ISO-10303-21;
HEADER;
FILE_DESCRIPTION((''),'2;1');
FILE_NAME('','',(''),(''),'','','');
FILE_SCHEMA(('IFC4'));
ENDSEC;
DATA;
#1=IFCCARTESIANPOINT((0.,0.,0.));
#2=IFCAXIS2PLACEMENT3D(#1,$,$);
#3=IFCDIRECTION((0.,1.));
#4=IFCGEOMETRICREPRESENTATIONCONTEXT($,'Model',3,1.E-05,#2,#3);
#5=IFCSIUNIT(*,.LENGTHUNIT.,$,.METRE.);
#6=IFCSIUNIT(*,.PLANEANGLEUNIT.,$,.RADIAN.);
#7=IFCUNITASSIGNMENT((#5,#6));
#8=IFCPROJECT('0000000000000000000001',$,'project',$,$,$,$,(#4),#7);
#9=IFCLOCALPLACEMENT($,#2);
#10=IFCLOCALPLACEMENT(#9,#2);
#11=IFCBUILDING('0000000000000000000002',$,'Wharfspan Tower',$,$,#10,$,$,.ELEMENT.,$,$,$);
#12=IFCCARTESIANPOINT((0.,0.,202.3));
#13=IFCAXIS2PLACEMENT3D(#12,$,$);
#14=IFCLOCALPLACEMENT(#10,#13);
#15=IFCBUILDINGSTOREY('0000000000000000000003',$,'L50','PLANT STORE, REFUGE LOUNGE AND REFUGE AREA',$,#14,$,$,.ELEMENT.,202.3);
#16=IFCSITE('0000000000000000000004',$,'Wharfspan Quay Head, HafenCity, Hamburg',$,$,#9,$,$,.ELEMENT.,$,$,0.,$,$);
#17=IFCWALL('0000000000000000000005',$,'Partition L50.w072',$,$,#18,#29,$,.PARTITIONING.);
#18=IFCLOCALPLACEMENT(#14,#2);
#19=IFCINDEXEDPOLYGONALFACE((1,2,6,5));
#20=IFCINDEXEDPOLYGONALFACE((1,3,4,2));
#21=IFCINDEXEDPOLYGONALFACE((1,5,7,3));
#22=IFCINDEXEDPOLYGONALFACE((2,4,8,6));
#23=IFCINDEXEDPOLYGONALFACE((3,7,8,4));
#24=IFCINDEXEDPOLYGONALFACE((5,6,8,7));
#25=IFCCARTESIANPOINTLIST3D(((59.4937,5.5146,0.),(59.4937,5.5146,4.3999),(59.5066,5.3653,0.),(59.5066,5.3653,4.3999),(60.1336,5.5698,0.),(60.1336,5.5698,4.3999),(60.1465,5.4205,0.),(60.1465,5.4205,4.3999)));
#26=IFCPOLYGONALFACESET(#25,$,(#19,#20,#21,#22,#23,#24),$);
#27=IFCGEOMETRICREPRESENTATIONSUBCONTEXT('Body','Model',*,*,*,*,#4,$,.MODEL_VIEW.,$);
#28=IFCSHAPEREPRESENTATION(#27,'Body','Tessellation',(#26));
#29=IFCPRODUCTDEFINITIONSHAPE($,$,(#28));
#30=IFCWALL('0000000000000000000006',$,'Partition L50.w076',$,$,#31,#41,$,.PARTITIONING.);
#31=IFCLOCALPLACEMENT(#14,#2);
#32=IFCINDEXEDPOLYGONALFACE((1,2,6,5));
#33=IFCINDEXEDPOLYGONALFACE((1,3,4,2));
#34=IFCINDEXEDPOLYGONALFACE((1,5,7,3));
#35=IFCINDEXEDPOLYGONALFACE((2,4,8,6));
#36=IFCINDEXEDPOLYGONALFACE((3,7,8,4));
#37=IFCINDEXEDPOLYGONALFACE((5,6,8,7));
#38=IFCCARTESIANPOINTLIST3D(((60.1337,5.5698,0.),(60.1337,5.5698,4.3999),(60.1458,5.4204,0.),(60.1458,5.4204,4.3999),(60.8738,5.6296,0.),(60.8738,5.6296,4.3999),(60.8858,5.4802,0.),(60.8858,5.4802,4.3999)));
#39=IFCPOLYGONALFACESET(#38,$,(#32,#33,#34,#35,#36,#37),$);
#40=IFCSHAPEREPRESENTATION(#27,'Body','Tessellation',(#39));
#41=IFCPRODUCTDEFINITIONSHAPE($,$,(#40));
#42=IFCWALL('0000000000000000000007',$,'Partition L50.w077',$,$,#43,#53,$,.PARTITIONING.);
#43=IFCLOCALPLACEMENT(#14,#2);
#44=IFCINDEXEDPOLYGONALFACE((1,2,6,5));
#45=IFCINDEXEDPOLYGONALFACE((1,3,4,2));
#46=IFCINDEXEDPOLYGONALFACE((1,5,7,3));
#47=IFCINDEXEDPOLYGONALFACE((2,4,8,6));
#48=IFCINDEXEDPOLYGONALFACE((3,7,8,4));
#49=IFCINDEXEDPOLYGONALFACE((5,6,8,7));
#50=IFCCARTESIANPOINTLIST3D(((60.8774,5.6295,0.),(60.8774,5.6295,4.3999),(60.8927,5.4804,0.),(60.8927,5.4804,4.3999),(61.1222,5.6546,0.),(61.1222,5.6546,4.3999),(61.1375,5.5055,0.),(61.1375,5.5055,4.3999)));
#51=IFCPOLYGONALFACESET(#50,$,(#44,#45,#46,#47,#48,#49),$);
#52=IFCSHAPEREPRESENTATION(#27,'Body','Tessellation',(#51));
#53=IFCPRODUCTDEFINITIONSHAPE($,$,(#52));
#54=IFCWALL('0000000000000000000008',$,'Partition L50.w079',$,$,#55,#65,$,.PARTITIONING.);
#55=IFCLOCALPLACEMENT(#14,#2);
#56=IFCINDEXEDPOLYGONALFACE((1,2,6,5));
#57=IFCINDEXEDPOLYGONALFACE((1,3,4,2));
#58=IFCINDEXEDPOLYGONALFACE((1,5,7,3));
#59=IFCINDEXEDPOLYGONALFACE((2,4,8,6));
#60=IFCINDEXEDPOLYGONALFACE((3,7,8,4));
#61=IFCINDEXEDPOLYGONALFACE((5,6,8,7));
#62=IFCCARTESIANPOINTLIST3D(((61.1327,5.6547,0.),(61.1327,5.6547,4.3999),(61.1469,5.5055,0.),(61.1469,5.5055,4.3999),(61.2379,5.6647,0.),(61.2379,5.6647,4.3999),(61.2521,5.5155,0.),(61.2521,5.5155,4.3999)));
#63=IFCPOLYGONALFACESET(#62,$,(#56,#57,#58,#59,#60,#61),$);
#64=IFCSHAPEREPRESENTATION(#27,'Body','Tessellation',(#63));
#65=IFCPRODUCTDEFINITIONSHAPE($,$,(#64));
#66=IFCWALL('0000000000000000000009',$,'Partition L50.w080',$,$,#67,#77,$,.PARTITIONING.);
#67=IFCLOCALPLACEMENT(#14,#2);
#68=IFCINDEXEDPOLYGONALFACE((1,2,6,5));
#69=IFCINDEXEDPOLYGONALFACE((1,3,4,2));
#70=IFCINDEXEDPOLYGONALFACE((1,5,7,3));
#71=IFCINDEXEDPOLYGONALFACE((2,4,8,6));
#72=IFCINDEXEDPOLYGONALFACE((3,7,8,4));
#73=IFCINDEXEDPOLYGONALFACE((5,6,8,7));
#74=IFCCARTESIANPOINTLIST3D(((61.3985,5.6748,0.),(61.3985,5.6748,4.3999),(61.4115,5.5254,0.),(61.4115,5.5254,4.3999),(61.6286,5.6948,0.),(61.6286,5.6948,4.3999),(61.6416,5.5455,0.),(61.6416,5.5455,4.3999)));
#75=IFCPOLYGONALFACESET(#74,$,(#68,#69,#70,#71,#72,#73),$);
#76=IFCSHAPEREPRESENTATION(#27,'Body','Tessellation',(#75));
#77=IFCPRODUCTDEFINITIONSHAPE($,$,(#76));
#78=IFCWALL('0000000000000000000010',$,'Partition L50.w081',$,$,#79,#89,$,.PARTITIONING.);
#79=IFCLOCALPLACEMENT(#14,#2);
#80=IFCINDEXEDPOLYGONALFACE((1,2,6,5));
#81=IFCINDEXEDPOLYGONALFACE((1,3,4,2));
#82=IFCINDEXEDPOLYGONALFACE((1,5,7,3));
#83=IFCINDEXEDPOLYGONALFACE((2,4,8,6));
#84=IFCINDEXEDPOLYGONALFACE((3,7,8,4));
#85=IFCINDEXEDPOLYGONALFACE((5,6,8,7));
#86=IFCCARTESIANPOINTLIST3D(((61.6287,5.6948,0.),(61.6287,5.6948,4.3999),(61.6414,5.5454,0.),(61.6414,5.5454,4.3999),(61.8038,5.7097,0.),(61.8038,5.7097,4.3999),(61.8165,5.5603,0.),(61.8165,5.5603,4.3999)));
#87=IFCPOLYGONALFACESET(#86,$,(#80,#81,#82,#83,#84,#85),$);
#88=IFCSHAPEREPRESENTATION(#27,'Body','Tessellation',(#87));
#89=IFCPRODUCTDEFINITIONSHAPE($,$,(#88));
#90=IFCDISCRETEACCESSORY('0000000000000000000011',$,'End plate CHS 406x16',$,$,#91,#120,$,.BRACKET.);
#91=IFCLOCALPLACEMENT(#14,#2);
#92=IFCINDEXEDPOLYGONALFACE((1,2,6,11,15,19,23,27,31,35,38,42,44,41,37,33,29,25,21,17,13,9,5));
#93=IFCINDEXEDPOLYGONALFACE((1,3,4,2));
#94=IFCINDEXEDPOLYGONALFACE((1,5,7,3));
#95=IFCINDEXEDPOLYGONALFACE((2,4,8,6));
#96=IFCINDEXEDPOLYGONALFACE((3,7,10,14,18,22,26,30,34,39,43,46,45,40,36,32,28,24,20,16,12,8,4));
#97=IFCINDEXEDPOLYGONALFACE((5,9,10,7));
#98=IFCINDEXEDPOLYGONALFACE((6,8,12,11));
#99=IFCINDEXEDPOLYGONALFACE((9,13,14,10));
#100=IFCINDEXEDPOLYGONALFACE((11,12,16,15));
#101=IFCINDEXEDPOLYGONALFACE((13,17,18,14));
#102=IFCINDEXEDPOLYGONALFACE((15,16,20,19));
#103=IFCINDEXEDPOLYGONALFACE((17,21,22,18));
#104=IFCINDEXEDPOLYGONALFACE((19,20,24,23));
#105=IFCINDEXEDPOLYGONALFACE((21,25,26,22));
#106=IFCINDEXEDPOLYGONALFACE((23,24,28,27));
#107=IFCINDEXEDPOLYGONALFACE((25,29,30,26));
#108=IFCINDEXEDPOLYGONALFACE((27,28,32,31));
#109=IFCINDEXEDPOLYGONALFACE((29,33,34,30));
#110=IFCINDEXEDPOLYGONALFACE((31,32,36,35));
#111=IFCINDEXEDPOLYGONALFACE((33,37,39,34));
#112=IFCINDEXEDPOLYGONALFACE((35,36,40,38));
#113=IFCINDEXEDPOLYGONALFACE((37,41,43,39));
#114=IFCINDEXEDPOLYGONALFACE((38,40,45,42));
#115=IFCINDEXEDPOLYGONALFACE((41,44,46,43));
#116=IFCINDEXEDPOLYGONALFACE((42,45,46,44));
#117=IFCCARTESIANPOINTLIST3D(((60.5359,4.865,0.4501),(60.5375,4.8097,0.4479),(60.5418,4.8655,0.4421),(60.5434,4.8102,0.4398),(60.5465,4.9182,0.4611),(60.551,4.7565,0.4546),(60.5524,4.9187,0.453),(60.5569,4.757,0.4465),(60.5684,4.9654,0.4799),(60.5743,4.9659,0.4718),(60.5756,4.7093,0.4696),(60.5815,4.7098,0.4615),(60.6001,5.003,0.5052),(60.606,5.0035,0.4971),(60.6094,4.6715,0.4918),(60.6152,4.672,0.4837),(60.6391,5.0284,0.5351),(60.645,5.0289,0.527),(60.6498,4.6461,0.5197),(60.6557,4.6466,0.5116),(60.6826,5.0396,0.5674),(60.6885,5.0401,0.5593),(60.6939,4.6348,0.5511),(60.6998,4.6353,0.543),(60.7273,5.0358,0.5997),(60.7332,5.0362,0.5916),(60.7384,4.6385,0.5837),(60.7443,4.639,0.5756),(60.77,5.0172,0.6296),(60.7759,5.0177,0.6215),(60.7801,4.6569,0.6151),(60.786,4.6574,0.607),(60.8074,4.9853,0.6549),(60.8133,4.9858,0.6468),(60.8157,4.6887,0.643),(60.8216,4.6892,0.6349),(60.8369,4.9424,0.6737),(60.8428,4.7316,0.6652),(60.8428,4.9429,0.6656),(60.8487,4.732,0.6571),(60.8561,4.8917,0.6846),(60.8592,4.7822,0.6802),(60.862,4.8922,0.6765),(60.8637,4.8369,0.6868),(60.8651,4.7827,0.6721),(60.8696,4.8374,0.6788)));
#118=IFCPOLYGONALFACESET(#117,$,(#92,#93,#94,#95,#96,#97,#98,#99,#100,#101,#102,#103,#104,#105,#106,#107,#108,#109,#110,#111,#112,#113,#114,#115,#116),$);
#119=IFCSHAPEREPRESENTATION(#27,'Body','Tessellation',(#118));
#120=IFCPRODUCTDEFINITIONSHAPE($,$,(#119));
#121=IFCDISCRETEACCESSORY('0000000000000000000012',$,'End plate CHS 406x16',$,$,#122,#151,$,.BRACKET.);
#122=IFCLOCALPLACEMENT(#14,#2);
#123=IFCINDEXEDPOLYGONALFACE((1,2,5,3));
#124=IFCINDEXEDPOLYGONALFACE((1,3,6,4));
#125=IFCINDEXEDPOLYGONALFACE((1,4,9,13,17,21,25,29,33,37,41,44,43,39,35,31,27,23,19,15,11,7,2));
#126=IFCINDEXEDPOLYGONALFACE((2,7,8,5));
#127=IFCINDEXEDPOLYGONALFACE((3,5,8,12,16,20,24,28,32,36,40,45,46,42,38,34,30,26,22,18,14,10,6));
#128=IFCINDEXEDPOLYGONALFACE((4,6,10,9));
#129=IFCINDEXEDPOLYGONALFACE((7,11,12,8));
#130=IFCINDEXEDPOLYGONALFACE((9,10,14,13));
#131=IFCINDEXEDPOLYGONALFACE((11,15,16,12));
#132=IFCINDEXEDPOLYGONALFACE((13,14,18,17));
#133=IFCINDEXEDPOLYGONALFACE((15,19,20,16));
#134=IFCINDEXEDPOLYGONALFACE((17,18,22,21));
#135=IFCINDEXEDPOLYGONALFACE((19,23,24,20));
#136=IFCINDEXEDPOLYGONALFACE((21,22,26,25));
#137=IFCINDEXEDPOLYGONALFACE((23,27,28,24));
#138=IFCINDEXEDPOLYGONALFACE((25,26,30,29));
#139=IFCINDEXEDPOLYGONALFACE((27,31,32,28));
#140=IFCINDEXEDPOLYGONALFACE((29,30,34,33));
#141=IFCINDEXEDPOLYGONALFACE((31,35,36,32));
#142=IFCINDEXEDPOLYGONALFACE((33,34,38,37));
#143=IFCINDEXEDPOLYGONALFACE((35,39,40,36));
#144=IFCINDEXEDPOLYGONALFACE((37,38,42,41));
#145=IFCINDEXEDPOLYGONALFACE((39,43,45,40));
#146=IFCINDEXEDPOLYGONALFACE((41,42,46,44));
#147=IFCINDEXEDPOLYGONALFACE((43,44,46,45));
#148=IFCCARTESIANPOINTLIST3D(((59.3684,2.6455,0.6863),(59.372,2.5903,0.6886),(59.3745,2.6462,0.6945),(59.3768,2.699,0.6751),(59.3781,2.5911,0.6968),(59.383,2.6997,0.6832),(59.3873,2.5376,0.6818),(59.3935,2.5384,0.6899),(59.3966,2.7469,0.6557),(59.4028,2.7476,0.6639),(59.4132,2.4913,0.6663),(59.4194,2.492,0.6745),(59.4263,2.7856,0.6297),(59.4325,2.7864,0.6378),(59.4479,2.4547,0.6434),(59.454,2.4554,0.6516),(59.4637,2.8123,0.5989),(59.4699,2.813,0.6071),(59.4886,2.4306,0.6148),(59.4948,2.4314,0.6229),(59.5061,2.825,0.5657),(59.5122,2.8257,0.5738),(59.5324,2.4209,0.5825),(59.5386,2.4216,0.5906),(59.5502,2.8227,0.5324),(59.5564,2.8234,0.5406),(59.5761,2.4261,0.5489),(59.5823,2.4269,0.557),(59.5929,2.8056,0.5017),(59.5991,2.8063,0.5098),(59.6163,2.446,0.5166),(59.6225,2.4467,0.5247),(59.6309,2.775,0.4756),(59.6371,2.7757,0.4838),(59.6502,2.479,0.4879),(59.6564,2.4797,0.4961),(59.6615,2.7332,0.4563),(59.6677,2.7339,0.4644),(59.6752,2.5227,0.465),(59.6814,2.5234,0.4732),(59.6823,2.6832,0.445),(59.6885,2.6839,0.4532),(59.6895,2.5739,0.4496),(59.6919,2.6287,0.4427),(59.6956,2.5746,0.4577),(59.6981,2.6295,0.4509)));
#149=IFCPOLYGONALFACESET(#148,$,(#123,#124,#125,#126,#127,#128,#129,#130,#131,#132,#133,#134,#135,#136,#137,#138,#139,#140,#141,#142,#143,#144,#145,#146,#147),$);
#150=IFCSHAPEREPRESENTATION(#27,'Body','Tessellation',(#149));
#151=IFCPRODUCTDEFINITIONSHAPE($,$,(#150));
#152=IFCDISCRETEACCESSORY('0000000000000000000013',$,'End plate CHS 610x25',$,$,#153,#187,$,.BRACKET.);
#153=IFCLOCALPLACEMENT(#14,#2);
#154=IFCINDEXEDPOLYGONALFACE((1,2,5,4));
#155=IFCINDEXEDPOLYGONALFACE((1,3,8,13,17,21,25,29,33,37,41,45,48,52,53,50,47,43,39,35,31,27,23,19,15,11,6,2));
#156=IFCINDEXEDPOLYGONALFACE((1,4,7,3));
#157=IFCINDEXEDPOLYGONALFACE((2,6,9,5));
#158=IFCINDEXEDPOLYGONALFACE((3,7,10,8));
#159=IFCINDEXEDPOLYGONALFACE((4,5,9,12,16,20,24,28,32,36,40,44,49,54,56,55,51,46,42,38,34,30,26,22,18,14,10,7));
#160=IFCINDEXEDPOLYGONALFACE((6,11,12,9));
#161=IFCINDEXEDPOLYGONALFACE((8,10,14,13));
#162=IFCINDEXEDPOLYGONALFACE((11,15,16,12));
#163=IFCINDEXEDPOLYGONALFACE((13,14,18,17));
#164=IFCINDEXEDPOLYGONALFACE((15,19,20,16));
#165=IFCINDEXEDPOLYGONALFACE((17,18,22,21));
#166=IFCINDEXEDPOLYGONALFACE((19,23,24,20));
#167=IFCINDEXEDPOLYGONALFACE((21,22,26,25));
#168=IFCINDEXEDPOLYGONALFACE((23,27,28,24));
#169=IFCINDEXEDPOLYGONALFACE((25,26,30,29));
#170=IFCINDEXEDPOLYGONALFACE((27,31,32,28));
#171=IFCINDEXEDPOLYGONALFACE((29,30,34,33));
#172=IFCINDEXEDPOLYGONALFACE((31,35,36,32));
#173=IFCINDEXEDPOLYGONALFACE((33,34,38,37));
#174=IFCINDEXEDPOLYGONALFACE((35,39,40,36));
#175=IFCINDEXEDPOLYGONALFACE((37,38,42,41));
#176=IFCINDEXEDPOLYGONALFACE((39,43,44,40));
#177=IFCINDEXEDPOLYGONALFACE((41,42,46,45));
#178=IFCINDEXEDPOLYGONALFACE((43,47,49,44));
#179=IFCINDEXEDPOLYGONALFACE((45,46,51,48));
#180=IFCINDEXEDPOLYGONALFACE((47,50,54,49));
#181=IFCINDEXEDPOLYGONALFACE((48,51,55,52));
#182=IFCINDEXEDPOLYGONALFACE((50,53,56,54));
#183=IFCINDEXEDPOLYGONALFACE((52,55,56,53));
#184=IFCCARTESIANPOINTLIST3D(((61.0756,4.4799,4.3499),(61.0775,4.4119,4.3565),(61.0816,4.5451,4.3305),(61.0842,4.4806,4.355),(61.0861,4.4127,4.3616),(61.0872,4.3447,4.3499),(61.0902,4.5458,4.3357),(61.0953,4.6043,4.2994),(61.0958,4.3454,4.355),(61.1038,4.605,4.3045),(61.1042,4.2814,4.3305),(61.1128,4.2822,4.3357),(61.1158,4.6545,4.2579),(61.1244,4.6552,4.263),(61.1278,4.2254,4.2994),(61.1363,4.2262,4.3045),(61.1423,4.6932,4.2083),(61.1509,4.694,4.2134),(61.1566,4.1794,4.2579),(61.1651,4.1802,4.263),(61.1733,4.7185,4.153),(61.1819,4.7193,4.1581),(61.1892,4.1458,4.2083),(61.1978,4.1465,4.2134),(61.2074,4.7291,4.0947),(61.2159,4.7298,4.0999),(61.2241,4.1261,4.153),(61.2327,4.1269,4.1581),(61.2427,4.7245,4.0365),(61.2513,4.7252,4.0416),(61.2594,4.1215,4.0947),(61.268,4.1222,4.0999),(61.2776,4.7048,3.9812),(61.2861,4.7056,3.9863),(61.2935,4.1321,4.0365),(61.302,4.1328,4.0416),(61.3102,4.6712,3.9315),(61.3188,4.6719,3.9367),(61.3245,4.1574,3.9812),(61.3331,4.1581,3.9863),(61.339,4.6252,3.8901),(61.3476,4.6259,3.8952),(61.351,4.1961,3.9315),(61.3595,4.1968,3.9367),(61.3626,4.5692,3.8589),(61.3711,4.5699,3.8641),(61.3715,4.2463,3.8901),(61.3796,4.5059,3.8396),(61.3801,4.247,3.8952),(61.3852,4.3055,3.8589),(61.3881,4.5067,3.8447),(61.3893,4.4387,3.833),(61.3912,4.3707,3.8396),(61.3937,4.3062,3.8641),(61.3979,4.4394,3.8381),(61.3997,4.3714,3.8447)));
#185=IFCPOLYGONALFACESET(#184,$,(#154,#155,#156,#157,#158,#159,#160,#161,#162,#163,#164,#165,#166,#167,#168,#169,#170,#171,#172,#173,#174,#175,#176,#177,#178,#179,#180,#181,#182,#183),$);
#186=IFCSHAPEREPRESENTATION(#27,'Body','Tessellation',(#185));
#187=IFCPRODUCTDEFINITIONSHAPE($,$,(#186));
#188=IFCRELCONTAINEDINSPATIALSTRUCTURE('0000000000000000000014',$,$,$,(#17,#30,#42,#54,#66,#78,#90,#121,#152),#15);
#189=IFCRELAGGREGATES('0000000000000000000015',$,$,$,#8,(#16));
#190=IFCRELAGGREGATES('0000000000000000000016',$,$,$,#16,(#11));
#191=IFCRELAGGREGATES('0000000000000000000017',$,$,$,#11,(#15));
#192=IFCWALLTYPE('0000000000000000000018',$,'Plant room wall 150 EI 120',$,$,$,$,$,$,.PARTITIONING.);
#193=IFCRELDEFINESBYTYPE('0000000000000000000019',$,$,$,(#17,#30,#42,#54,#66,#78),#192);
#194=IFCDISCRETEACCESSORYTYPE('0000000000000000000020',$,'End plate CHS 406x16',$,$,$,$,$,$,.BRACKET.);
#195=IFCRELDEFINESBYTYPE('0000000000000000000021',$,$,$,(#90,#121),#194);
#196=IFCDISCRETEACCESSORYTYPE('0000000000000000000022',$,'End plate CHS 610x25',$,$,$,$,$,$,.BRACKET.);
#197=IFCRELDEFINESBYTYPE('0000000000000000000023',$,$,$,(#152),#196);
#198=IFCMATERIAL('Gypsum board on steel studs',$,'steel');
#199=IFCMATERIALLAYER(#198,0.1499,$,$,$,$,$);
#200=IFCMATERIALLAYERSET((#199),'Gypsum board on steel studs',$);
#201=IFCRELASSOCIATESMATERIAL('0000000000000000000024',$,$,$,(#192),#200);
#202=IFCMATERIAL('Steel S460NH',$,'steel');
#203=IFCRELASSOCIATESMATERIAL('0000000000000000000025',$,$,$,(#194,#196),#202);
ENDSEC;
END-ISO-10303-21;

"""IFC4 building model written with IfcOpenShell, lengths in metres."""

from ifc_helpers import new_model, si_unit, direction, frame, frame_2d, origin, origin_2d, place, context, subcontext, project, spatial, rectangle, circle, extrude, material, layer, layer_set, material_profile, profile_set, type_object, element, save


model = new_model("IFC4")

# Units and contexts
model_context = context("Model", 3, precision=1e-05, world=origin(), true_north=direction((0.0, 1.0)))
body_context = subcontext(model_context, "Body", "Model", "MODEL_VIEW")
ifc_project = project(units=[si_unit("LENGTHUNIT", "METRE"), si_unit("PLANEANGLEUNIT", "RADIAN")], contexts=[model_context])

# Site, building, storey
site_placement = place(None, origin())
site = spatial("IfcSite", under=ifc_project, at=site_placement, Name="Wharfspan Quay Head, HafenCity, Hamburg", CompositionType="ELEMENT", RefElevation=0.0)
building_placement = place(site_placement, origin())
building = spatial("IfcBuilding", under=site, at=building_placement, Name="Wharfspan Tower", CompositionType="ELEMENT")
storey_placement = place(building_placement, frame((0.0, 0.0, 202.3)))
storey = spatial("IfcBuildingStorey", under=building, at=storey_placement, Name="L50", Description="PLANT STORE, REFUGE LOUNGE AND REFUGE AREA", CompositionType="ELEMENT", Elevation=202.3)

# Shared definitions
ifc_material_1 = material(Name="Steel S460NH", Category="steel")

# Walls
ifc_material_2 = material(Name="Gypsum board on steel studs", Category="steel")
ifc_layer_1 = layer(ifc_material_2, 0.1499)
ifc_layer_set_1 = layer_set([ifc_layer_1], Name="Gypsum board on steel studs")
wall_type = type_object("IfcWallType", Name="Plant room wall 150 EI 120", PredefinedType="PARTITIONING", material=ifc_layer_set_1)
wall_1_placement = place(storey_placement, frame((59.5, 5.4399, 0.0), z_axis=(0.0, 0.0, 1.0), x_axis=(0.996305, 0.085908, 0.0)))
element("IfcWall", 1, at=wall_1_placement, inside=storey, type_object=wall_type, Name="Partition L50.w072", PredefinedType="PARTITIONING", context=body_context, shape_type="SweptSolid", body=[
    extrude(rectangle(XDim=0.6423, YDim=0.1499, at=frame_2d((0.3213, 0.0))), origin(), (0.0, 0.0, 1.0), 4.3999),
])
wall_2_placement = place(storey_placement, frame((60.1399, 5.4951, 0.0), z_axis=(0.0, 0.0, 1.0), x_axis=(0.996753, 0.080569, 0.0)))
element("IfcWall", 2, at=wall_2_placement, inside=storey, type_object=wall_type, Name="Partition L50.w076", PredefinedType="PARTITIONING", context=body_context, shape_type="SweptSolid", body=[
    extrude(rectangle(XDim=0.7424, YDim=0.1499, at=frame_2d((0.3711, 0.0))), origin(), (0.0, 0.0, 1.0), 4.3999),
])
wall_3_placement = place(storey_placement, frame((60.885, 5.5549, 0.0), z_axis=(0.0, 0.0, 1.0), x_axis=(0.994772, 0.102155, 0.0)))
element("IfcWall", 3, at=wall_3_placement, inside=storey, type_object=wall_type, Name="Partition L50.w077", PredefinedType="PARTITIONING", context=body_context, shape_type="SweptSolid", body=[
    extrude(rectangle(XDim=0.2461, YDim=0.1499, at=frame_2d((0.123, 0.0))), origin(), (0.0, 0.0, 1.0), 4.3999),
])
wall_4_placement = place(storey_placement, frame((61.1399, 5.5801, 0.0), z_axis=(0.0, 0.0, 1.0), x_axis=(0.995505, 0.0947, 0.0)))
element("IfcWall", 4, at=wall_4_placement, inside=storey, type_object=wall_type, Name="Partition L50.w079", PredefinedType="PARTITIONING", context=body_context, shape_type="SweptSolid", body=[
    extrude(rectangle(XDim=0.1057, YDim=0.1499, at=frame_2d((0.0527, 0.0))), origin(), (0.0, 0.0, 1.0), 4.3999),
])
wall_5_placement = place(storey_placement, frame((61.405, 5.6001, 0.0), z_axis=(0.0, 0.0, 1.0), x_axis=(0.996234, 0.086721, 0.0)))
element("IfcWall", 5, at=wall_5_placement, inside=storey, type_object=wall_type, Name="Partition L50.w080", PredefinedType="PARTITIONING", context=body_context, shape_type="SweptSolid", body=[
    extrude(rectangle(XDim=0.231, YDim=0.1499, at=frame_2d((0.1155, 0.0))), origin(), (0.0, 0.0, 1.0), 4.3999),
])
wall_6_placement = place(storey_placement, frame((61.635, 5.6201, 0.0), z_axis=(0.0, 0.0, 1.0), x_axis=(0.996405, 0.084771, 0.0)))
element("IfcWall", 6, at=wall_6_placement, inside=storey, type_object=wall_type, Name="Partition L50.w081", PredefinedType="PARTITIONING", context=body_context, shape_type="SweptSolid", body=[
    extrude(rectangle(XDim=0.1758, YDim=0.1499, at=frame_2d((0.0879, 0.0))), origin(), (0.0, 0.0, 1.0), 4.3999),
])

# Discrete accessories
ifc_material_profile_1 = material_profile(ifc_material_1, circle(Radius=0.2031, at=origin_2d()))
ifc_profile_set_1 = profile_set([ifc_material_profile_1], Name="Steel S460NH")
discrete_accessory_type_1 = type_object("IfcDiscreteAccessoryType", Name="End plate CHS 406x16", PredefinedType="BRACKET", material=ifc_profile_set_1)
discrete_accessory_1_placement = place(storey_placement, frame((60.6995, 4.8372, 0.5674), z_axis=(0.587466, 0.048956, -0.807766), x_axis=(-0.083046, 0.996542, 0.0)))
element("IfcDiscreteAccessory", 7, at=discrete_accessory_1_placement, inside=storey, type_object=discrete_accessory_type_1, Name="End plate CHS 406x16", PredefinedType="BRACKET", context=body_context, shape_type="SweptSolid", body=[
    extrude(circle(Radius=0.2031, at=origin_2d()), origin(), (0.0, 0.0, 1.0), 0.01),
])
discrete_accessory_2_placement = place(storey_placement, frame((59.5303, 2.6233, 0.5657), z_axis=(0.602279, 0.072273, 0.795008), x_axis=(-0.119146, 0.992879, 0.000001)))
element("IfcDiscreteAccessory", 8, at=discrete_accessory_2_placement, inside=storey, type_object=discrete_accessory_type_1, Name="End plate CHS 406x16", PredefinedType="BRACKET", context=body_context, shape_type="SweptSolid", body=[
    extrude(circle(Radius=0.2031, at=origin_2d()), origin(), (0.0, 0.0, 1.0), 0.0103),
])
ifc_material_profile_2 = material_profile(ifc_material_1, circle(Radius=0.3049, at=origin_2d()))
ifc_profile_set_2 = profile_set([ifc_material_profile_2], Name="Steel S460NH")
discrete_accessory_type_2 = type_object("IfcDiscreteAccessoryType", Name="End plate CHS 610x25", PredefinedType="BRACKET", material=ifc_profile_set_2)
discrete_accessory_3_placement = place(storey_placement, frame((61.2334, 4.4253, 4.0947), z_axis=(0.855186, 0.073302, 0.513112), x_axis=(-0.085402, 0.996345, 0.000001)))
element("IfcDiscreteAccessory", 9, at=discrete_accessory_3_placement, inside=storey, type_object=discrete_accessory_type_2, Name="End plate CHS 610x25", PredefinedType="BRACKET", context=body_context, shape_type="SweptSolid", body=[
    extrude(circle(Radius=0.3049, at=origin_2d()), origin(), (0.0, 0.0, 1.0), 0.01),
])

save(model, "model.ifc")
